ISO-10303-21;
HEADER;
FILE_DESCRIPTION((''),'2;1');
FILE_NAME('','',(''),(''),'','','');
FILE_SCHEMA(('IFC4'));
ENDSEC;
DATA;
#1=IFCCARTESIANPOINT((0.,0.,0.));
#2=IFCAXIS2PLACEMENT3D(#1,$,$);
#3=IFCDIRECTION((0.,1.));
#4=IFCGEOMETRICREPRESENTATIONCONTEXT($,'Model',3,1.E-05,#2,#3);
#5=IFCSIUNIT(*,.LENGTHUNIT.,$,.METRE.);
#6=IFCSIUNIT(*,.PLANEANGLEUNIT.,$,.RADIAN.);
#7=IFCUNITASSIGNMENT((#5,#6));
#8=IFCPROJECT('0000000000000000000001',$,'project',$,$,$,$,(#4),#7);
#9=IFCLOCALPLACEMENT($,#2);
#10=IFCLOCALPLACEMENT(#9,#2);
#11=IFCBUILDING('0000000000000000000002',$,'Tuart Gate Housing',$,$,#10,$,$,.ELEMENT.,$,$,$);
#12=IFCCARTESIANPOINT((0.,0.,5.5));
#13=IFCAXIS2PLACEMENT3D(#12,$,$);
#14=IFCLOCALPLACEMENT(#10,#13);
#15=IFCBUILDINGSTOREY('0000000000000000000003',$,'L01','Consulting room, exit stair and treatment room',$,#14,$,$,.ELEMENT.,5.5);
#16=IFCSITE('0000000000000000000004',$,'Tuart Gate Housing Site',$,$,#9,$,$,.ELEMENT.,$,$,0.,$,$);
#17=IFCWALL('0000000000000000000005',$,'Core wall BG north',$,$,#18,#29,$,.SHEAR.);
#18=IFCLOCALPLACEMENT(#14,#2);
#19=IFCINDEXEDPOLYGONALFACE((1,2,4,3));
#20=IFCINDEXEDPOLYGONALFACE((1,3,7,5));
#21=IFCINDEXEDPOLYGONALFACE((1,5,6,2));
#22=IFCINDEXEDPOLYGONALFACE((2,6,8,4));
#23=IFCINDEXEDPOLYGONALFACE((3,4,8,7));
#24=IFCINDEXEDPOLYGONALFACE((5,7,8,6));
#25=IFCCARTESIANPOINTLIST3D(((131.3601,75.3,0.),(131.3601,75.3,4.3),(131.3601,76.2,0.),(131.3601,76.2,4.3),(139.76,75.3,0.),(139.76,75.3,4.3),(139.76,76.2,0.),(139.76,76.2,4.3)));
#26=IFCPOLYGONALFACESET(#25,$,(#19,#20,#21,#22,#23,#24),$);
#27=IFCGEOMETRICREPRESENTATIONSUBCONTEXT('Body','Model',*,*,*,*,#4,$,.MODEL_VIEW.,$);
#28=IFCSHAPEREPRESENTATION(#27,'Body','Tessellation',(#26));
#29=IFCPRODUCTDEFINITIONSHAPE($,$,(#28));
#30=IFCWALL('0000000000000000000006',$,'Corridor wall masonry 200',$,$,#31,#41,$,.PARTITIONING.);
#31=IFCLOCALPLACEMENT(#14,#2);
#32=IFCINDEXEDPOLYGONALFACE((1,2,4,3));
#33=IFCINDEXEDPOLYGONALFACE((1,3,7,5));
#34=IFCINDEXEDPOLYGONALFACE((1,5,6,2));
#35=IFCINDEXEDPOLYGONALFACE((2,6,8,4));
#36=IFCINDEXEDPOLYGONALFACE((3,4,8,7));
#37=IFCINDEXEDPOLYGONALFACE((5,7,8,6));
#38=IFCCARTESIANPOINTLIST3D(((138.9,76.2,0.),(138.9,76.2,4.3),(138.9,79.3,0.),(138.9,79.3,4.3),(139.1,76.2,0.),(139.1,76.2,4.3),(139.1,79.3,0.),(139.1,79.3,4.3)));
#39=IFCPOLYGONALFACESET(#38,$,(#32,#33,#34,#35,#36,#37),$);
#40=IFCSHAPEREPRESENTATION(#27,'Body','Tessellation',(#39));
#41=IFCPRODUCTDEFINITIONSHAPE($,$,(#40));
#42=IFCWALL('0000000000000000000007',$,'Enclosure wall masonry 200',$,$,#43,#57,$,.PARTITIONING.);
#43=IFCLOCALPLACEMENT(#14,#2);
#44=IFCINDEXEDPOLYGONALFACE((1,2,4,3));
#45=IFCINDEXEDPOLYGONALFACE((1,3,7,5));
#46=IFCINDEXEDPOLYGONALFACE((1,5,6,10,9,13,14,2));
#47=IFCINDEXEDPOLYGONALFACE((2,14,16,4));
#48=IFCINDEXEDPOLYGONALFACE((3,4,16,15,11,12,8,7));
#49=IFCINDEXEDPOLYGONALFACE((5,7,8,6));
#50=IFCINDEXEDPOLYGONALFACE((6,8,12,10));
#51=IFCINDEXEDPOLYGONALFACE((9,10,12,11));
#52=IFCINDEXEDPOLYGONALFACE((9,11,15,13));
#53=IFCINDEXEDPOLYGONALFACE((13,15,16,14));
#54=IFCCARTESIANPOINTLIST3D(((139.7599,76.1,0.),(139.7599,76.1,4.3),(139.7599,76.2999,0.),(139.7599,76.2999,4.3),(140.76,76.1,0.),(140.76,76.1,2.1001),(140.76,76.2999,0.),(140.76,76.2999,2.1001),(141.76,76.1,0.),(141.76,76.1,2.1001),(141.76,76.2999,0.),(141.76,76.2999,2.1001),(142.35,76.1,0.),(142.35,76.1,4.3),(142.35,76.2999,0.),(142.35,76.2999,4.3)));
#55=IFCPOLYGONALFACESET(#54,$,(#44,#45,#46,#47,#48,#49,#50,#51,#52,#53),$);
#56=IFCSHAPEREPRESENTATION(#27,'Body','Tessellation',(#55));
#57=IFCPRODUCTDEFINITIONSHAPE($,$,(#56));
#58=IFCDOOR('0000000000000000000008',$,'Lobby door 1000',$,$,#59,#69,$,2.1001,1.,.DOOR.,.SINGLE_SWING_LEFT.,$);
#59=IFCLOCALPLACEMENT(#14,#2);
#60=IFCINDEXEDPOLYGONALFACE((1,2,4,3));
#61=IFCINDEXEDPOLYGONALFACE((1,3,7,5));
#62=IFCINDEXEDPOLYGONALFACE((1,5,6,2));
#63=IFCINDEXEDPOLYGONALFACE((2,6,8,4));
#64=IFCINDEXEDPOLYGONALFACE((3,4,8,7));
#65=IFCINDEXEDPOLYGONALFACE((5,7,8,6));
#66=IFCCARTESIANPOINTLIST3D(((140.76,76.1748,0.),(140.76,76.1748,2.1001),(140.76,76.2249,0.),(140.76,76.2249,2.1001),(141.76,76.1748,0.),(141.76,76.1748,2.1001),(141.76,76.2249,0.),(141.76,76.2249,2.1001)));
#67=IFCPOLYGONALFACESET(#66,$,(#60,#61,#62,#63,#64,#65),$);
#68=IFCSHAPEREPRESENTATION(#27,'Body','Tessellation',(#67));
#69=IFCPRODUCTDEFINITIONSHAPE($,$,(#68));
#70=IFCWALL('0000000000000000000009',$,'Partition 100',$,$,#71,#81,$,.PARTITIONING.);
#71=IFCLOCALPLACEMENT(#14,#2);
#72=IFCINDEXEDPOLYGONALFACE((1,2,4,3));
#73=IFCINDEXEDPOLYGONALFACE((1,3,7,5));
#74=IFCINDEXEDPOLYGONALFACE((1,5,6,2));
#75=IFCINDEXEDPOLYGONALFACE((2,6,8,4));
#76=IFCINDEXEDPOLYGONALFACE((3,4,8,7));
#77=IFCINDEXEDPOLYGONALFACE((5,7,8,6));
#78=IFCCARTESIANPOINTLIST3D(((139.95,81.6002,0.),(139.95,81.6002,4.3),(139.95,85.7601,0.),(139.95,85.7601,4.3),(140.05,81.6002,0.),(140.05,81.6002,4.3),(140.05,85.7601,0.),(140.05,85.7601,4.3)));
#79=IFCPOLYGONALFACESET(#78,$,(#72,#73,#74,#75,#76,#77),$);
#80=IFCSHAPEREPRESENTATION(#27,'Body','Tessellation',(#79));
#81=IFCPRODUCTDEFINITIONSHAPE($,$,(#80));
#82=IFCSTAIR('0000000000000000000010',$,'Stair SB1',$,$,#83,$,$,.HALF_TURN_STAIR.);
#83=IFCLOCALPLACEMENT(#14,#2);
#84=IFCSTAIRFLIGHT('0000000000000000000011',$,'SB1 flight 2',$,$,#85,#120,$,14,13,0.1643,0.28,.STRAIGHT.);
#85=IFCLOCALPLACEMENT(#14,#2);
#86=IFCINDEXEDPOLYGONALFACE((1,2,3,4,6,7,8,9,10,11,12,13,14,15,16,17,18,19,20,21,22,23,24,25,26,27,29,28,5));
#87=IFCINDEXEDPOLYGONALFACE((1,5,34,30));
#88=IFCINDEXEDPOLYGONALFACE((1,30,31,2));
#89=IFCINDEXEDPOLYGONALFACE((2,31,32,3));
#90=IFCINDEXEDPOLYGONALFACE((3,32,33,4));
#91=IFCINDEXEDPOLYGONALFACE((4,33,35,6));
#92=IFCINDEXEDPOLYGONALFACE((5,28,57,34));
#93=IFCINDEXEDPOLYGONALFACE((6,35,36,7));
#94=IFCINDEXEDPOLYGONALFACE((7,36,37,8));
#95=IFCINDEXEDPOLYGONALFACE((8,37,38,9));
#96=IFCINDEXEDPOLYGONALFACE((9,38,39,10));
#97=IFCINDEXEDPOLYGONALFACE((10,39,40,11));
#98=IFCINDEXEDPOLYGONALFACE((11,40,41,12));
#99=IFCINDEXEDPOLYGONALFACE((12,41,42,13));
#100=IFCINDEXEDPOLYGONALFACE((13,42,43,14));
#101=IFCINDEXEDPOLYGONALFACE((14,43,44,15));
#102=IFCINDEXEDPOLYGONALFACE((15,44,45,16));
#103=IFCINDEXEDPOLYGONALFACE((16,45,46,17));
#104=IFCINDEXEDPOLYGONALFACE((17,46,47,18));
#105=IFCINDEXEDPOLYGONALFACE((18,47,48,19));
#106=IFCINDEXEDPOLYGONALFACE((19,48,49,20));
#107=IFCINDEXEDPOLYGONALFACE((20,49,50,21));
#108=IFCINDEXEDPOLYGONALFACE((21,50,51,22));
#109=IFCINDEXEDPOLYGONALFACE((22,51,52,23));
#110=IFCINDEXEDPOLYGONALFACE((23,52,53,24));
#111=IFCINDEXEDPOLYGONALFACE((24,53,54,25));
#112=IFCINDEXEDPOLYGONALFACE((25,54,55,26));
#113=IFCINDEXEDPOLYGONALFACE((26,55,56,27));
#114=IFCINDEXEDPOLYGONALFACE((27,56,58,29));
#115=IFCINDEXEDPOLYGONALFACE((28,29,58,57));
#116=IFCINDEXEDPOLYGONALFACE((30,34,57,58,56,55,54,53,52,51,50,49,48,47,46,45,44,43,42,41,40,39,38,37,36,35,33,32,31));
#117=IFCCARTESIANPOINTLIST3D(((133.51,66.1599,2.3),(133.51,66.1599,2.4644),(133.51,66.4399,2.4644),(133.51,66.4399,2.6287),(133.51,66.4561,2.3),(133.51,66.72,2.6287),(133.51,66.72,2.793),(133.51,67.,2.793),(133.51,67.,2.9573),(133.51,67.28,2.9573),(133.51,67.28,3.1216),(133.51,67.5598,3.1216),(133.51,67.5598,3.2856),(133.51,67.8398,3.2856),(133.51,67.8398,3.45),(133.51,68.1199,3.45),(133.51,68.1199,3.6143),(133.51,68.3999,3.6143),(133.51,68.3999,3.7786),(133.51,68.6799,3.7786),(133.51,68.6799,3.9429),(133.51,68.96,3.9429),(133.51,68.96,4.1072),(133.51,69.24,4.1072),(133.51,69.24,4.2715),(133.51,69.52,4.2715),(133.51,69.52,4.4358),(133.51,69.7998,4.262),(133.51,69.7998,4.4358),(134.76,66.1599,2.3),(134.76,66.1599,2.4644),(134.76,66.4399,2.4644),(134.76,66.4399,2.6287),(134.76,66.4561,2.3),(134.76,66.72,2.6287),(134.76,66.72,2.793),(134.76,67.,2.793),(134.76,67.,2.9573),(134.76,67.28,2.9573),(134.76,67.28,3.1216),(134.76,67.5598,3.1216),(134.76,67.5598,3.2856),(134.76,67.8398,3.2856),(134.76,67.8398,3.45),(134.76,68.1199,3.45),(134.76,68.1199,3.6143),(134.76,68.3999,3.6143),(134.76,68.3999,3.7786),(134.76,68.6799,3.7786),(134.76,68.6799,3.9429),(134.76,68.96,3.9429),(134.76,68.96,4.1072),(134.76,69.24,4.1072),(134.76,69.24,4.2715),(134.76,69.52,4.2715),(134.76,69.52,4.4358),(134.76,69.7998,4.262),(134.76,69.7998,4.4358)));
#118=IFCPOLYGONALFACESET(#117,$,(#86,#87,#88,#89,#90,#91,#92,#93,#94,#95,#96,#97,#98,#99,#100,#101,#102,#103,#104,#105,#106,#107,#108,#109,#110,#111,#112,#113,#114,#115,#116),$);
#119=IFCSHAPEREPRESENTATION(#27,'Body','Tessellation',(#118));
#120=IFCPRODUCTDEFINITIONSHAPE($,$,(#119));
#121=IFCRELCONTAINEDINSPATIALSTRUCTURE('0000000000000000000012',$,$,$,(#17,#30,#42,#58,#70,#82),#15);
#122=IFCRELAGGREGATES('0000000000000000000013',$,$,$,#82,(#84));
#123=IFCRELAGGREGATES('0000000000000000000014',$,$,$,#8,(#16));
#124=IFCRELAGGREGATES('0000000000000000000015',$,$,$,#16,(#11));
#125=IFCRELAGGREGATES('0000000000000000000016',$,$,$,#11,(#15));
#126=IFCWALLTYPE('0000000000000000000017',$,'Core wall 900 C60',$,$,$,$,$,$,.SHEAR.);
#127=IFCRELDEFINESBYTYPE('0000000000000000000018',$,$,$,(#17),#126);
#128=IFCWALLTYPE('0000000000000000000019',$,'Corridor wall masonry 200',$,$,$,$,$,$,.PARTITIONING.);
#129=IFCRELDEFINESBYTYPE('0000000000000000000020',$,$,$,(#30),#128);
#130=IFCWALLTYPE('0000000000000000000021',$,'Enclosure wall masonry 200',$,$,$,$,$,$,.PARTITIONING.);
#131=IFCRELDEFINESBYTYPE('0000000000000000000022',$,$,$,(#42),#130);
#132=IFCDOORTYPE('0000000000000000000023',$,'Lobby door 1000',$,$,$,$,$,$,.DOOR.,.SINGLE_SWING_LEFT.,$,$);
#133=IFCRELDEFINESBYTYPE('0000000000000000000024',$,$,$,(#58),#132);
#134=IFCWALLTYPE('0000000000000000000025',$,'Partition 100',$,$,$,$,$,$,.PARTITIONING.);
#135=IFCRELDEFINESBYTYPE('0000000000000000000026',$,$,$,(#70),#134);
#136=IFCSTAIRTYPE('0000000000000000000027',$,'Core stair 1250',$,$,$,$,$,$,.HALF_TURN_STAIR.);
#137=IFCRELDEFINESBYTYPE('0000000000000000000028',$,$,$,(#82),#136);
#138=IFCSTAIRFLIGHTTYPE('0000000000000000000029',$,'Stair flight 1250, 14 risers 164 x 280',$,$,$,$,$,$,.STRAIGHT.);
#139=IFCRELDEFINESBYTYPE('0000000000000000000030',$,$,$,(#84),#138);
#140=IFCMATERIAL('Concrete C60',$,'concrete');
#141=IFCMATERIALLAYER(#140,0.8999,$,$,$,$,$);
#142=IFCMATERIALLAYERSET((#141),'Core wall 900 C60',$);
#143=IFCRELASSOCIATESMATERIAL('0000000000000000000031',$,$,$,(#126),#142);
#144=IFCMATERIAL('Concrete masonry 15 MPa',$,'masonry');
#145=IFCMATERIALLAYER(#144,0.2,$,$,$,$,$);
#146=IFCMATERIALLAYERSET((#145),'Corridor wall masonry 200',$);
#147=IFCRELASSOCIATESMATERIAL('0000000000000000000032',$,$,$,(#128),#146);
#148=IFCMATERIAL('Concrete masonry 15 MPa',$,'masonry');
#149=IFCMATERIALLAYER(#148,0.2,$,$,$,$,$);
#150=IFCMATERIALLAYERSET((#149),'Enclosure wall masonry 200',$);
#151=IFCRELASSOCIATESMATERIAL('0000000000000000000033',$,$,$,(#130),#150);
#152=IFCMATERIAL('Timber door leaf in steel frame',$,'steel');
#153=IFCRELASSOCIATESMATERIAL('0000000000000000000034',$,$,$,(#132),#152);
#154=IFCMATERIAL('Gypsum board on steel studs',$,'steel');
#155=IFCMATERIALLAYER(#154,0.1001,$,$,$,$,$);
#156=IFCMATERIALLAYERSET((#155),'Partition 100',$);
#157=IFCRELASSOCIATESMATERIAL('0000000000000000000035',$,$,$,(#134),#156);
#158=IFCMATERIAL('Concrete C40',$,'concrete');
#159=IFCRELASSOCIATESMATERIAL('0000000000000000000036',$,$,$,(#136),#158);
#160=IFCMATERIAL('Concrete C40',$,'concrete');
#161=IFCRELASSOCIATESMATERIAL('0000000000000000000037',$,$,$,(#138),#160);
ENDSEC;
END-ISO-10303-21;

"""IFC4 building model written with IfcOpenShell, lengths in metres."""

from ifc_helpers import new_model, si_unit, direction, frame, frame_2d, origin, place, context, subcontext, project, spatial, polyline, rectangle, outline, extrude, material, layer, layer_set, type_object, element, fill, aggregate, save


model = new_model("IFC4")

# Units and contexts
model_context = context("Model", 3, precision=1e-05, world=origin(), true_north=direction((0.0, 1.0)))
body_context = subcontext(model_context, "Body", "Model", "MODEL_VIEW")
ifc_project = project(units=[si_unit("LENGTHUNIT", "METRE"), si_unit("PLANEANGLEUNIT", "RADIAN")], contexts=[model_context])

# Site, building, storey
site_placement = place(None, origin())
site = spatial("IfcSite", under=ifc_project, at=site_placement, Name="Tuart Gate Housing Site", CompositionType="ELEMENT", RefElevation=0.0)
building_placement = place(site_placement, origin())
building = spatial("IfcBuilding", under=site, at=building_placement, Name="Tuart Gate Housing", CompositionType="ELEMENT")
storey_placement = place(building_placement, frame((0.0, 0.0, 5.5)))
storey = spatial("IfcBuildingStorey", under=building, at=storey_placement, Name="L01", Description="Consulting room, exit stair and treatment room", CompositionType="ELEMENT", Elevation=5.5)

# Walls
ifc_material_1 = material(Name="Concrete C60", Category="concrete")
ifc_layer_1 = layer(ifc_material_1, 0.8999)
ifc_layer_set_1 = layer_set([ifc_layer_1], Name="Core wall 900 C60")
wall_type_1 = type_object("IfcWallType", Name="Core wall 900 C60", PredefinedType="SHEAR", material=ifc_layer_set_1)
wall_1_placement = place(storey_placement, frame((139.76, 75.75, 0.0), z_axis=(0.0, 0.0, 1.0), x_axis=(-1.0, 0.0, 0.0)))
element("IfcWall", 1, at=wall_1_placement, inside=storey, type_object=wall_type_1, Name="Core wall BG north", PredefinedType="SHEAR", context=body_context, shape_type="SweptSolid", body=[
    extrude(rectangle(XDim=8.3999, YDim=0.8999, at=frame_2d((4.2, 0.0))), origin(), (0.0, 0.0, 1.0), 4.3),
])
ifc_material_2 = material(Name="Concrete masonry 15 MPa", Category="masonry")
ifc_layer_2 = layer(ifc_material_2, 0.2)
ifc_layer_set_2 = layer_set([ifc_layer_2], Name="Corridor wall masonry 200")
wall_type_2 = type_object("IfcWallType", Name="Corridor wall masonry 200", PredefinedType="PARTITIONING", material=ifc_layer_set_2)
wall_2_placement = place(storey_placement, frame((139.0, 76.2, 0.0), z_axis=(0.0, 0.0, 1.0), x_axis=(0.0, 1.0, 0.0)))
element("IfcWall", 2, at=wall_2_placement, inside=storey, type_object=wall_type_2, Name="Corridor wall masonry 200", PredefinedType="PARTITIONING", context=body_context, shape_type="SweptSolid", body=[
    extrude(rectangle(XDim=3.1001, YDim=0.2, at=frame_2d((1.55, 0.0))), origin(), (0.0, 0.0, 1.0), 4.3),
])

# Wall, opening, door
ifc_material_3 = material(Name="Concrete masonry 15 MPa", Category="masonry")
ifc_layer_3 = layer(ifc_material_3, 0.2)
ifc_layer_set_3 = layer_set([ifc_layer_3], Name="Enclosure wall masonry 200")
wall_type_3 = type_object("IfcWallType", Name="Enclosure wall masonry 200", PredefinedType="PARTITIONING", material=ifc_layer_set_3)
wall_3_placement = place(storey_placement, frame((139.76, 76.2, 0.0), z_axis=(0.0, 0.0, 1.0), x_axis=(1.0, 0.0, 0.0)))
wall_3 = element("IfcWall", 3, at=wall_3_placement, inside=storey, type_object=wall_type_3, Name="Enclosure wall masonry 200", PredefinedType="PARTITIONING", context=body_context, shape_type="SweptSolid", body=[
    extrude(rectangle(XDim=2.5901, YDim=0.2, at=frame_2d((1.2949, 0.0))), origin(), (0.0, 0.0, 1.0), 4.3),
])
opening_1_placement = place(wall_3_placement, frame((1.0, 0.0, 0.0)))
opening_1 = element("IfcOpeningElement", 4, at=opening_1_placement, cuts=wall_3, PredefinedType="OPENING", context=body_context, shape_type="SweptSolid", body=[
    extrude(rectangle(XDim=1.0, YDim=2.1001, at=frame_2d((0.5, 1.05))), frame((0.0, 0.1099, 0.0), z_axis=(0.0, -1.0, 0.0), x_axis=(1.0, 0.0, 0.0)), (0.0, 0.0, 1.0), 0.22),
])
ifc_material_4 = material(Name="Timber door leaf in steel frame", Category="steel")
door_type_1 = type_object("IfcDoorType", Name="Lobby door 1000", OperationType="SINGLE_SWING_LEFT", PredefinedType="DOOR", material=ifc_material_4)
door_1_placement = place(opening_1_placement, frame((1.0, 0.0, 0.0), z_axis=(0.0, 0.0, 1.0), x_axis=(-1.0, 0.0, 0.0)))
door_1 = element("IfcDoor", 5, at=door_1_placement, inside=storey, type_object=door_type_1, Name="Lobby door 1000", OperationType="SINGLE_SWING_LEFT", OverallHeight=2.1001, OverallWidth=1.0, PredefinedType="DOOR", context=body_context, shape_type="SweptSolid", body=[
    extrude(rectangle(XDim=1.0, YDim=2.1001, at=frame_2d((0.5, 1.05))), frame((0.0, 0.0251, 0.0), z_axis=(0.0, -1.0, 0.0), x_axis=(1.0, 0.0, 0.0)), (0.0, 0.0, 1.0), 0.05),
])
fill(opening_1, door_1)

# Wall
ifc_material_5 = material(Name="Gypsum board on steel studs", Category="steel")
ifc_layer_4 = layer(ifc_material_5, 0.1001)
ifc_layer_set_4 = layer_set([ifc_layer_4], Name="Partition 100")
wall_type_4 = type_object("IfcWallType", Name="Partition 100", PredefinedType="PARTITIONING", material=ifc_layer_set_4)
wall_4_placement = place(storey_placement, frame((140.0, 81.6001, 0.0), z_axis=(0.0, 0.0, 1.0), x_axis=(0.0, 1.0, 0.0)))
element("IfcWall", 6, at=wall_4_placement, inside=storey, type_object=wall_type_4, Name="Partition 100", PredefinedType="PARTITIONING", context=body_context, shape_type="SweptSolid", body=[
    extrude(rectangle(XDim=4.1599, YDim=0.1001, at=frame_2d((2.0801, 0.0))), origin(), (0.0, 0.0, 1.0), 4.3),
])

# Stair, stair flight
ifc_material_6 = material(Name="Concrete C40", Category="concrete")
stair_type = type_object("IfcStairType", Name="Core stair 1250", PredefinedType="HALF_TURN_STAIR", material=ifc_material_6)
stair_placement = place(storey_placement, origin())
stair = element("IfcStair", 7, at=stair_placement, inside=storey, type_object=stair_type, Name="Stair SB1", PredefinedType="HALF_TURN_STAIR")
ifc_material_7 = material(Name="Concrete C40", Category="concrete")
stair_flight_type = type_object("IfcStairFlightType", Name="Stair flight 1250, 14 risers 164 x 280", PredefinedType="STRAIGHT", material=ifc_material_7)
stair_flight_placement = place(storey_placement, frame((134.135, 66.1599, 2.3), z_axis=(0.0, 0.0, 1.0), x_axis=(0.0, 1.0, 0.0)))
stair_flight = element("IfcStairFlight", 8, at=stair_flight_placement, type_object=stair_flight_type, Name="SB1 flight 2", NumberOfRisers=14, NumberOfTreads=13, PredefinedType="STRAIGHT", RiserHeight=0.1643, TreadLength=0.28, context=body_context, shape_type="SweptSolid", body=[
    extrude(outline(polyline([(0.0, 0.0), (0.0, 0.1643), (0.28, 0.1643), (0.28, 0.3286), (0.5601, 0.3286), (0.5601, 0.4929), (0.8401, 0.4929), (0.8401, 0.6572), (1.1201, 0.6572), (1.1201, 0.8215), (1.3999, 0.8215), (1.3999, 0.9856), (1.6799, 0.9856), (1.6799, 1.1499), (1.96, 1.1499), (1.96, 1.3142), (2.24, 1.3142), (2.24, 1.4785), (2.52, 1.4785), (2.52, 1.6428), (2.8, 1.6428), (2.8, 1.8071), (3.0801, 1.8071), (3.0801, 1.9714), (3.3601, 1.9714), (3.3601, 2.1357), (3.6399, 2.1357), (3.6399, 2.3), (3.6399, 1.9619), (0.2961, 0.0), (0.0, 0.0)])), frame((0.0, 0.625, 0.0), z_axis=(0.0, -1.0, 0.0), x_axis=(1.0, 0.0, 0.0)), (0.0, 0.0, 1.0), 1.25),
])
aggregate(stair, [stair_flight])

save(model, "model.ifc")
